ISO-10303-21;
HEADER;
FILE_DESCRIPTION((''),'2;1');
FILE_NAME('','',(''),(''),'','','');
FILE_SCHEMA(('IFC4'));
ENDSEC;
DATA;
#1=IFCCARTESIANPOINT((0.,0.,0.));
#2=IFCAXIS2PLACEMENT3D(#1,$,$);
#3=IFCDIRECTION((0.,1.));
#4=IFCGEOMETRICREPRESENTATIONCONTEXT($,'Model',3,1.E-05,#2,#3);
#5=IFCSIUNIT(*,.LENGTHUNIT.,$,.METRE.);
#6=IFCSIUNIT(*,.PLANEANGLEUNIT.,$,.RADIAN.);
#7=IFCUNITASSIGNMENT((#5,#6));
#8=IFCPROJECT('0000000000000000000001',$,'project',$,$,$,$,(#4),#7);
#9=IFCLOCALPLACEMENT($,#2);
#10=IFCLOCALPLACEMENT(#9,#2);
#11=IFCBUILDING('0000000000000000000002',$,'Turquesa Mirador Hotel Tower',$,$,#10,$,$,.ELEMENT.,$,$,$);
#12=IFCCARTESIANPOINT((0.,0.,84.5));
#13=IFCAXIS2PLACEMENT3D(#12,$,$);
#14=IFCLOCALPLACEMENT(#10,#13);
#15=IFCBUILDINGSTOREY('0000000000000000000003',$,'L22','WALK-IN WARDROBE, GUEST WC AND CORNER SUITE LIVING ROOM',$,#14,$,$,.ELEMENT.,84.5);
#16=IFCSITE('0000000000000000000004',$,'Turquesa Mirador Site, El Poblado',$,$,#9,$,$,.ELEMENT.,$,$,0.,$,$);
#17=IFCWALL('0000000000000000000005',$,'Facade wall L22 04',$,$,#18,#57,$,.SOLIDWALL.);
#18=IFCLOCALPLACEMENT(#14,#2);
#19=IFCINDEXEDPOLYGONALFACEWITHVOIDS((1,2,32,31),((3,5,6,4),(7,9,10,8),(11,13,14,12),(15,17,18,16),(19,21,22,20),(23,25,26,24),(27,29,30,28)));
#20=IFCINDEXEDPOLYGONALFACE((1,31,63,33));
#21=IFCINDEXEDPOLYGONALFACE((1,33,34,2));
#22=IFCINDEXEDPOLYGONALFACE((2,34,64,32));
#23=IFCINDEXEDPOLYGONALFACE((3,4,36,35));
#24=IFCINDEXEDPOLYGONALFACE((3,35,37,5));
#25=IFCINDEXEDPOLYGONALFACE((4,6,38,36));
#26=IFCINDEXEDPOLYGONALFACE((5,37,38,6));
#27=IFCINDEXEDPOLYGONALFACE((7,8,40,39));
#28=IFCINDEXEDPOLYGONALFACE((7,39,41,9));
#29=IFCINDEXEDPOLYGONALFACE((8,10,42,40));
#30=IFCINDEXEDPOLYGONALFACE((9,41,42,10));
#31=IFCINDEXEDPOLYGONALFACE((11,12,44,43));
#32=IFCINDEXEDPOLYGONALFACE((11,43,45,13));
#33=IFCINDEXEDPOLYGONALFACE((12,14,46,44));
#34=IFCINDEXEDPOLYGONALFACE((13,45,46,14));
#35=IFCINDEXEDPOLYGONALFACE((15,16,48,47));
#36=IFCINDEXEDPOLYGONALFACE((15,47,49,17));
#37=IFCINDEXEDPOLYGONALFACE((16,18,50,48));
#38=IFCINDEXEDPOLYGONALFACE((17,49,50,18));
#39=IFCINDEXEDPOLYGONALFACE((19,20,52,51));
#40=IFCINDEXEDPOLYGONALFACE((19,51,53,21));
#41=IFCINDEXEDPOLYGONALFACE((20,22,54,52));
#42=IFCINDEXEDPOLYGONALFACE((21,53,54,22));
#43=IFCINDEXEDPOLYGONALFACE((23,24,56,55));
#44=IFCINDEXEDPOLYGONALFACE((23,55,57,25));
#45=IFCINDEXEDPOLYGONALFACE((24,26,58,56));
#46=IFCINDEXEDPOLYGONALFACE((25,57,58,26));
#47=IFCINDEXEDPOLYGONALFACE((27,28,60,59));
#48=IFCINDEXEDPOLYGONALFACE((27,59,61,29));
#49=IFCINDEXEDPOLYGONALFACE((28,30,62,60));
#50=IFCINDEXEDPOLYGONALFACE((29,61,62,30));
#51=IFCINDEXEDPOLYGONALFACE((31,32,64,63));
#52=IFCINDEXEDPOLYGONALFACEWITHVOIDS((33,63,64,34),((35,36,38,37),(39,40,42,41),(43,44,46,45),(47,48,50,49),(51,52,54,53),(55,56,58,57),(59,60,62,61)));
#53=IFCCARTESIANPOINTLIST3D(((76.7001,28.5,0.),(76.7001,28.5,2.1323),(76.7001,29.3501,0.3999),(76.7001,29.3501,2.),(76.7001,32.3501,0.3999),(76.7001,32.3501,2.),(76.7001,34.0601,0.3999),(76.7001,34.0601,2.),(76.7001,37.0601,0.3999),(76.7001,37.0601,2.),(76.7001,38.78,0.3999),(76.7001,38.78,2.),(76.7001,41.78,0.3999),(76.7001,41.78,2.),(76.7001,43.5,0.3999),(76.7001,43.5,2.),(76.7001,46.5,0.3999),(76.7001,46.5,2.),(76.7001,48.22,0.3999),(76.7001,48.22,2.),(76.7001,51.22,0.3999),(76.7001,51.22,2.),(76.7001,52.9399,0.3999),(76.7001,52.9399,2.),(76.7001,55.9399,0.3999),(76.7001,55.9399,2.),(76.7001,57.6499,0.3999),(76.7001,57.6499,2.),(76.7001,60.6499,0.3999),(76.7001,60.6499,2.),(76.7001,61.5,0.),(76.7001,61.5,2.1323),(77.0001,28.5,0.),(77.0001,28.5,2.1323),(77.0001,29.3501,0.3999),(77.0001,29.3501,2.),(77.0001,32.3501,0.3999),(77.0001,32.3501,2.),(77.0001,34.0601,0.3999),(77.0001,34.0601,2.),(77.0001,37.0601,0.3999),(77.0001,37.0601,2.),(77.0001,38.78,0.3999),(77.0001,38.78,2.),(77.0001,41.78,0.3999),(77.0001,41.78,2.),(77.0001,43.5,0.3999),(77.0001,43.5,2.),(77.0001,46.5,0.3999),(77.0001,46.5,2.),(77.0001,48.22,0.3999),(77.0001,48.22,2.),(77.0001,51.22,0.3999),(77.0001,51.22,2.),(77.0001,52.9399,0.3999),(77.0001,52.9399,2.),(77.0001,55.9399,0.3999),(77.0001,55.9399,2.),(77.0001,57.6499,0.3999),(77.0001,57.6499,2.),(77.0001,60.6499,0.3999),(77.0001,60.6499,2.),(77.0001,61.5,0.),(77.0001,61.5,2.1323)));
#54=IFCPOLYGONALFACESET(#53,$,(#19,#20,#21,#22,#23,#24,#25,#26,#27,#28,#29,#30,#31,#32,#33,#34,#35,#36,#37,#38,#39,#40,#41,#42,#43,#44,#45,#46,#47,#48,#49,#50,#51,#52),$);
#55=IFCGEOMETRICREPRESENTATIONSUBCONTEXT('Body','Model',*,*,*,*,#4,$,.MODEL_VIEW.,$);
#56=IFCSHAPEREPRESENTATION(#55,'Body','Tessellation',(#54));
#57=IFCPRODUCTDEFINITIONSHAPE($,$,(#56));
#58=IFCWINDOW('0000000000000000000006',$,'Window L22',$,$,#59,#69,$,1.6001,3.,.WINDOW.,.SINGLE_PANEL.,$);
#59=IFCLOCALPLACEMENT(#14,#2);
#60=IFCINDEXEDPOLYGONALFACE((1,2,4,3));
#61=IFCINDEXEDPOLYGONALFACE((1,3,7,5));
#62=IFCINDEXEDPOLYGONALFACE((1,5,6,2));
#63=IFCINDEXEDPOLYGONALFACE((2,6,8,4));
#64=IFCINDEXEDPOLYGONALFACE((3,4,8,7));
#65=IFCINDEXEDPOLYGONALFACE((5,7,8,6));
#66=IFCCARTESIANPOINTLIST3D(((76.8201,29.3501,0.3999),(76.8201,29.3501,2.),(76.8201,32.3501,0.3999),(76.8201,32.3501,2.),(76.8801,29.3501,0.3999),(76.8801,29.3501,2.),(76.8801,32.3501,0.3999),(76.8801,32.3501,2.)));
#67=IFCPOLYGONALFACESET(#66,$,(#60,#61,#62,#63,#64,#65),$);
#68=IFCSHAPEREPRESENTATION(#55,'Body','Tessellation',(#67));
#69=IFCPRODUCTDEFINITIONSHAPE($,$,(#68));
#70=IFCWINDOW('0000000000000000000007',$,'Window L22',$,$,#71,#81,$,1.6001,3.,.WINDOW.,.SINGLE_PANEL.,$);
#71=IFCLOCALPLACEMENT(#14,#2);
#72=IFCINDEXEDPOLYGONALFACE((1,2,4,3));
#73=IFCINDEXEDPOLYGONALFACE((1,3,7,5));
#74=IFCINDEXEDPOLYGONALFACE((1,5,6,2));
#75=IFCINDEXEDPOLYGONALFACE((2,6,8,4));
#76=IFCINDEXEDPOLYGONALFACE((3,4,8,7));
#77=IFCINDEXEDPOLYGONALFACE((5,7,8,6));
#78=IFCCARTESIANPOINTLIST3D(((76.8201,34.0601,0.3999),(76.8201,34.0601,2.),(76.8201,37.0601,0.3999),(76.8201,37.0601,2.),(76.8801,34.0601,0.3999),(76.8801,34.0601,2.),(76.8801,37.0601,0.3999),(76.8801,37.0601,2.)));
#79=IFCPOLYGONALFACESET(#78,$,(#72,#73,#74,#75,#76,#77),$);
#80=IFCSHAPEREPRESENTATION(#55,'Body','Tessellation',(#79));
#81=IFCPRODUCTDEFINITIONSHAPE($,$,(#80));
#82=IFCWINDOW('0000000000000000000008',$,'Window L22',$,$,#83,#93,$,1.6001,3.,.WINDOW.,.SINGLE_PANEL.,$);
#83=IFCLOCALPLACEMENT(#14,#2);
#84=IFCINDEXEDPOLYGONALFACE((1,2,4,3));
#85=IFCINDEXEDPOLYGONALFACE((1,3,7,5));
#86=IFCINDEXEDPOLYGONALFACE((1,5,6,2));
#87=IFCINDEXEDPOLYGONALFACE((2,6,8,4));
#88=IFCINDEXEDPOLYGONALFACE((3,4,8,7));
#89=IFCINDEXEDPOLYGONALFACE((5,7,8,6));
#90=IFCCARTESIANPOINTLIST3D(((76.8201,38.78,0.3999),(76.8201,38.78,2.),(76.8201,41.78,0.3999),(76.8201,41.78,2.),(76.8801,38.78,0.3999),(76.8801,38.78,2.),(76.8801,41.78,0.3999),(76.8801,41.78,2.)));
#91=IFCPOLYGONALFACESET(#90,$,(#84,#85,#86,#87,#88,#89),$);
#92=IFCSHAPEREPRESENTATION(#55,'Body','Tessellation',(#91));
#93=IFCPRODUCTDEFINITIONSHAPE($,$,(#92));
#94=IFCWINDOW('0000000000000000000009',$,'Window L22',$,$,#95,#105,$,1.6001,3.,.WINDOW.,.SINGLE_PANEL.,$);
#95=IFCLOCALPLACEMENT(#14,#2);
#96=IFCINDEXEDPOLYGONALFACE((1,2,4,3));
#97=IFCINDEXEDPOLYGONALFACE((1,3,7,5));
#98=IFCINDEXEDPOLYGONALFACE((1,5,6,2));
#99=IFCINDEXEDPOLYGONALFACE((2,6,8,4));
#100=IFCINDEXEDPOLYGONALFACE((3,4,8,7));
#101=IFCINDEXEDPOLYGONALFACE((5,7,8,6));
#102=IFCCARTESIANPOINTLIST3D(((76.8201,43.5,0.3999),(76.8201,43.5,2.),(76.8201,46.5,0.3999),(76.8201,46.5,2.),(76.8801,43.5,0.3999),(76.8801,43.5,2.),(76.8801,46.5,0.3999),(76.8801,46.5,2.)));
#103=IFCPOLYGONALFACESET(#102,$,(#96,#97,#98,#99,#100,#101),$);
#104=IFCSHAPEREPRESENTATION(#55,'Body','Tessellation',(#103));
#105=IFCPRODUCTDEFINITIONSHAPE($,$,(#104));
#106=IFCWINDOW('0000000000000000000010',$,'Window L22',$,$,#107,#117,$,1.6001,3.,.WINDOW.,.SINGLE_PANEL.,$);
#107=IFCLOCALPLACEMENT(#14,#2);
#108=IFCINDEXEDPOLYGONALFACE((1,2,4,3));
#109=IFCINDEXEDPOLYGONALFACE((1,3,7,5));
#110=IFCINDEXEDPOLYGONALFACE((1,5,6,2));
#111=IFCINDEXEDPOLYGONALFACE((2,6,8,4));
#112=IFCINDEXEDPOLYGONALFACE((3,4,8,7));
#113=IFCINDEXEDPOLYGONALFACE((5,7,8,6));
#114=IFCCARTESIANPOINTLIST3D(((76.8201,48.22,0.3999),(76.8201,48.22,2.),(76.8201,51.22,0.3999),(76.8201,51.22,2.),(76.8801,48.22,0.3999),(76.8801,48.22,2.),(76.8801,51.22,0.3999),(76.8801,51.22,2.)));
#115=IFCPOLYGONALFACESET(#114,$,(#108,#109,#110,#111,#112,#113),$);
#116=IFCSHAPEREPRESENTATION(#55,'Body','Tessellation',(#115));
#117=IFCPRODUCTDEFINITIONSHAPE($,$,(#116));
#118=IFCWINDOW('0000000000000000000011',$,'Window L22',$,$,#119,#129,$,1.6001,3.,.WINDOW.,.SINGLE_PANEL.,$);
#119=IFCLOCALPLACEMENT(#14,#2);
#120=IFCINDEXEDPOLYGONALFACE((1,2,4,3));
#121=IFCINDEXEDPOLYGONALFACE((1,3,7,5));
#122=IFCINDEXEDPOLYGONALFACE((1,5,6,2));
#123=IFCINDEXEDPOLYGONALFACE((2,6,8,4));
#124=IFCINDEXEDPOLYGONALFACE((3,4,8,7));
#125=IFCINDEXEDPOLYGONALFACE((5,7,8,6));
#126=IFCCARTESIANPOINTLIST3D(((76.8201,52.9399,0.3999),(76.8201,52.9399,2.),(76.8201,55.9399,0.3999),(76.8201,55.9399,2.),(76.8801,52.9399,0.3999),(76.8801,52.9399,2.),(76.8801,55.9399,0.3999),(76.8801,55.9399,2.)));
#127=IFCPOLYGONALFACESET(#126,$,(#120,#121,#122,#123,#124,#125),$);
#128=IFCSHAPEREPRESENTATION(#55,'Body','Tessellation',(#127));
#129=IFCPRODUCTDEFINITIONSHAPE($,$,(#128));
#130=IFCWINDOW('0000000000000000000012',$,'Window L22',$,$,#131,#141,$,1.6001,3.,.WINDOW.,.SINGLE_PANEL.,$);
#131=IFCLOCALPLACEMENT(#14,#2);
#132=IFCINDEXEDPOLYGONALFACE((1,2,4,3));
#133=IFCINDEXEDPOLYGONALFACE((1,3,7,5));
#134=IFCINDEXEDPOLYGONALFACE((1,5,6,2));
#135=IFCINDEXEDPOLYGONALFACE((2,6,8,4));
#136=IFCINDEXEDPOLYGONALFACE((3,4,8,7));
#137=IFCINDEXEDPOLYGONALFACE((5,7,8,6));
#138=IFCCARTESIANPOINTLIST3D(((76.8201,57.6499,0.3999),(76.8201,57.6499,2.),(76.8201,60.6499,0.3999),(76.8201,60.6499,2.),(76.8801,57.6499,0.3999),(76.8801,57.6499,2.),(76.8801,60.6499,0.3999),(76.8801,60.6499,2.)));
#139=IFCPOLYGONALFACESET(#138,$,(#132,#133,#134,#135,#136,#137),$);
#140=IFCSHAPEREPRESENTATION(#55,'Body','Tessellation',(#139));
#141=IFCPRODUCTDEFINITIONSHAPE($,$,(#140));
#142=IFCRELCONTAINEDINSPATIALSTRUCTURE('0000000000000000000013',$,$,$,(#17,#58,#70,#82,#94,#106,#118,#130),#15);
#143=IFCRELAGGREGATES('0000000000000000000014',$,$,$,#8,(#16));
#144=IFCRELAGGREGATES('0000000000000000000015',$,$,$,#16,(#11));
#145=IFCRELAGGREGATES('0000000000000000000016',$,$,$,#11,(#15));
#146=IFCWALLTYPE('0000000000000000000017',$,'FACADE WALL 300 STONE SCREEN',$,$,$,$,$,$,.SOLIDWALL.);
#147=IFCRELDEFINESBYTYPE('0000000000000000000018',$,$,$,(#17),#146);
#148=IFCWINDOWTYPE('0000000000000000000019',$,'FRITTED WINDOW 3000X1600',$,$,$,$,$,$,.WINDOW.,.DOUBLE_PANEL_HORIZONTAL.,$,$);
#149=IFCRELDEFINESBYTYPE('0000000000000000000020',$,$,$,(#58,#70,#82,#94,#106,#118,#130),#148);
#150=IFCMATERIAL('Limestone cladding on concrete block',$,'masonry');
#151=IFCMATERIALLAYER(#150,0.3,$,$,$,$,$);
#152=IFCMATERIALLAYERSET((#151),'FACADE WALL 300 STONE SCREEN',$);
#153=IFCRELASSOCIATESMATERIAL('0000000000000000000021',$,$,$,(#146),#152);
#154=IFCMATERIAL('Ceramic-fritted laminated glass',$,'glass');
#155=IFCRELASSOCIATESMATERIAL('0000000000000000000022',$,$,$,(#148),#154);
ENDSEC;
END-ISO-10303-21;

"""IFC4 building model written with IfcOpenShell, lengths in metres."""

from ifc_helpers import new_model, si_unit, direction, frame, frame_2d, origin, place, context, subcontext, project, spatial, rectangle, extrude, material, layer, layer_set, type_object, element, fill, save


model = new_model("IFC4")

# Units and contexts
model_context = context("Model", 3, precision=1e-05, world=origin(), true_north=direction((0.0, 1.0)))
body_context = subcontext(model_context, "Body", "Model", "MODEL_VIEW")
ifc_project = project(units=[si_unit("LENGTHUNIT", "METRE"), si_unit("PLANEANGLEUNIT", "RADIAN")], contexts=[model_context])

# Site, building, storey
site_placement = place(None, origin())
site = spatial("IfcSite", under=ifc_project, at=site_placement, Name="Turquesa Mirador Site, El Poblado", CompositionType="ELEMENT", RefElevation=0.0)
building_placement = place(site_placement, origin())
building = spatial("IfcBuilding", under=site, at=building_placement, Name="Turquesa Mirador Hotel Tower", CompositionType="ELEMENT")
storey_placement = place(building_placement, frame((0.0, 0.0, 84.5)))
storey = spatial("IfcBuildingStorey", under=building, at=storey_placement, Name="L22", Description="WALK-IN WARDROBE, GUEST WC AND CORNER SUITE LIVING ROOM", CompositionType="ELEMENT", Elevation=84.5)

# Shared definitions
ifc_material_1 = material(Name="Limestone cladding on concrete block", Category="masonry")
ifc_layer = layer(ifc_material_1, 0.3)
ifc_layer_set = layer_set([ifc_layer], Name="FACADE WALL 300 STONE SCREEN")
wall_type = type_object("IfcWallType", Name="FACADE WALL 300 STONE SCREEN", PredefinedType="SOLIDWALL", material=ifc_layer_set)

# Wall, openings, windows
wall_1_placement = place(storey_placement, frame((76.8501, 28.5, 0.0), z_axis=(0.0, 0.0, 1.0), x_axis=(0.0, 1.0, 0.0)))
wall_1 = element("IfcWall", 1, at=wall_1_placement, inside=storey, type_object=wall_type, Name="Facade wall L22 04", PredefinedType="SOLIDWALL", context=body_context, shape_type="SweptSolid", body=[
    extrude(rectangle(XDim=33.0, YDim=0.3, at=frame_2d((16.5, 0.0))), origin(), (0.0, 0.0, 1.0), 2.1323),
])
opening_1_placement = place(wall_1_placement, frame((0.8501, 0.0, 0.3999)))
opening_1 = element("IfcOpeningElement", 2, at=opening_1_placement, cuts=wall_1, PredefinedType="OPENING", context=body_context, shape_type="SweptSolid", body=[
    extrude(rectangle(XDim=3.0, YDim=1.6001, at=frame_2d((1.5, 0.8))), frame((0.0, 0.1599, 0.0), z_axis=(0.0, -1.0, 0.0), x_axis=(1.0, 0.0, 0.0)), (0.0, 0.0, 1.0), 0.3201),
])
opening_2_placement = place(wall_1_placement, frame((5.5601, 0.0, 0.3999)))
opening_2 = element("IfcOpeningElement", 3, at=opening_2_placement, cuts=wall_1, PredefinedType="OPENING", context=body_context, shape_type="SweptSolid", body=[
    extrude(rectangle(XDim=3.0, YDim=1.6001, at=frame_2d((1.5, 0.8))), frame((0.0, 0.1599, 0.0), z_axis=(0.0, -1.0, 0.0), x_axis=(1.0, 0.0, 0.0)), (0.0, 0.0, 1.0), 0.3201),
])
opening_3_placement = place(wall_1_placement, frame((10.28, 0.0, 0.3999)))
opening_3 = element("IfcOpeningElement", 4, at=opening_3_placement, cuts=wall_1, PredefinedType="OPENING", context=body_context, shape_type="SweptSolid", body=[
    extrude(rectangle(XDim=3.0, YDim=1.6001, at=frame_2d((1.5, 0.8))), frame((0.0, 0.1599, 0.0), z_axis=(0.0, -1.0, 0.0), x_axis=(1.0, 0.0, 0.0)), (0.0, 0.0, 1.0), 0.3201),
])
opening_4_placement = place(wall_1_placement, frame((15.0, 0.0, 0.3999)))
opening_4 = element("IfcOpeningElement", 5, at=opening_4_placement, cuts=wall_1, PredefinedType="OPENING", context=body_context, shape_type="SweptSolid", body=[
    extrude(rectangle(XDim=3.0, YDim=1.6001, at=frame_2d((1.5, 0.8))), frame((0.0, 0.1599, 0.0), z_axis=(0.0, -1.0, 0.0), x_axis=(1.0, 0.0, 0.0)), (0.0, 0.0, 1.0), 0.3201),
])
opening_5_placement = place(wall_1_placement, frame((19.72, 0.0, 0.3999)))
opening_5 = element("IfcOpeningElement", 6, at=opening_5_placement, cuts=wall_1, PredefinedType="OPENING", context=body_context, shape_type="SweptSolid", body=[
    extrude(rectangle(XDim=3.0, YDim=1.6001, at=frame_2d((1.5, 0.8))), frame((0.0, 0.1599, 0.0), z_axis=(0.0, -1.0, 0.0), x_axis=(1.0, 0.0, 0.0)), (0.0, 0.0, 1.0), 0.3201),
])
opening_6_placement = place(wall_1_placement, frame((24.4399, 0.0, 0.3999)))
opening_6 = element("IfcOpeningElement", 7, at=opening_6_placement, cuts=wall_1, PredefinedType="OPENING", context=body_context, shape_type="SweptSolid", body=[
    extrude(rectangle(XDim=3.0, YDim=1.6001, at=frame_2d((1.5, 0.8))), frame((0.0, 0.1599, 0.0), z_axis=(0.0, -1.0, 0.0), x_axis=(1.0, 0.0, 0.0)), (0.0, 0.0, 1.0), 0.3201),
])
opening_7_placement = place(wall_1_placement, frame((29.1499, 0.0, 0.3999)))
opening_7 = element("IfcOpeningElement", 8, at=opening_7_placement, cuts=wall_1, PredefinedType="OPENING", context=body_context, shape_type="SweptSolid", body=[
    extrude(rectangle(XDim=3.0, YDim=1.6001, at=frame_2d((1.5, 0.8))), frame((0.0, 0.1599, 0.0), z_axis=(0.0, -1.0, 0.0), x_axis=(1.0, 0.0, 0.0)), (0.0, 0.0, 1.0), 0.3201),
])
ifc_material_2 = material(Name="Ceramic-fritted laminated glass", Category="glass")
window_type_1 = type_object("IfcWindowType", Name="FRITTED WINDOW 3000X1600", PartitioningType="DOUBLE_PANEL_HORIZONTAL", PredefinedType="WINDOW", material=ifc_material_2)
window_1_placement = place(opening_1_placement, origin())
window_1 = element("IfcWindow", 9, at=window_1_placement, inside=storey, type_object=window_type_1, Name="Window L22", OverallHeight=1.6001, OverallWidth=3.0, PartitioningType="SINGLE_PANEL", PredefinedType="WINDOW", context=body_context, shape_type="SweptSolid", body=[
    extrude(rectangle(XDim=3.0, YDim=1.6001, at=frame_2d((1.5, 0.8))), frame((0.0, 0.03, 0.0), z_axis=(0.0, -1.0, 0.0), x_axis=(1.0, 0.0, 0.0)), (0.0, 0.0, 1.0), 0.0601),
])
fill(opening_1, window_1)
window_2_placement = place(opening_2_placement, origin())
window_2 = element("IfcWindow", 10, at=window_2_placement, inside=storey, type_object=window_type_1, Name="Window L22", OverallHeight=1.6001, OverallWidth=3.0, PartitioningType="SINGLE_PANEL", PredefinedType="WINDOW", context=body_context, shape_type="SweptSolid", body=[
    extrude(rectangle(XDim=3.0, YDim=1.6001, at=frame_2d((1.5, 0.8))), frame((0.0, 0.03, 0.0), z_axis=(0.0, -1.0, 0.0), x_axis=(1.0, 0.0, 0.0)), (0.0, 0.0, 1.0), 0.0601),
])
fill(opening_2, window_2)
window_3_placement = place(opening_3_placement, origin())
window_3 = element("IfcWindow", 11, at=window_3_placement, inside=storey, type_object=window_type_1, Name="Window L22", OverallHeight=1.6001, OverallWidth=3.0, PartitioningType="SINGLE_PANEL", PredefinedType="WINDOW", context=body_context, shape_type="SweptSolid", body=[
    extrude(rectangle(XDim=3.0, YDim=1.6001, at=frame_2d((1.5, 0.8))), frame((0.0, 0.03, 0.0), z_axis=(0.0, -1.0, 0.0), x_axis=(1.0, 0.0, 0.0)), (0.0, 0.0, 1.0), 0.0601),
])
fill(opening_3, window_3)
window_4_placement = place(opening_4_placement, origin())
window_4 = element("IfcWindow", 12, at=window_4_placement, inside=storey, type_object=window_type_1, Name="Window L22", OverallHeight=1.6001, OverallWidth=3.0, PartitioningType="SINGLE_PANEL", PredefinedType="WINDOW", context=body_context, shape_type="SweptSolid", body=[
    extrude(rectangle(XDim=3.0, YDim=1.6001, at=frame_2d((1.5, 0.8))), frame((0.0, 0.03, 0.0), z_axis=(0.0, -1.0, 0.0), x_axis=(1.0, 0.0, 0.0)), (0.0, 0.0, 1.0), 0.0601),
])
fill(opening_4, window_4)
window_5_placement = place(opening_5_placement, origin())
window_5 = element("IfcWindow", 13, at=window_5_placement, inside=storey, type_object=window_type_1, Name="Window L22", OverallHeight=1.6001, OverallWidth=3.0, PartitioningType="SINGLE_PANEL", PredefinedType="WINDOW", context=body_context, shape_type="SweptSolid", body=[
    extrude(rectangle(XDim=3.0, YDim=1.6001, at=frame_2d((1.5, 0.8))), frame((0.0, 0.03, 0.0), z_axis=(0.0, -1.0, 0.0), x_axis=(1.0, 0.0, 0.0)), (0.0, 0.0, 1.0), 0.0601),
])
fill(opening_5, window_5)
window_6_placement = place(opening_6_placement, origin())
window_6 = element("IfcWindow", 14, at=window_6_placement, inside=storey, type_object=window_type_1, Name="Window L22", OverallHeight=1.6001, OverallWidth=3.0, PartitioningType="SINGLE_PANEL", PredefinedType="WINDOW", context=body_context, shape_type="SweptSolid", body=[
    extrude(rectangle(XDim=3.0, YDim=1.6001, at=frame_2d((1.5, 0.8))), frame((0.0, 0.03, 0.0), z_axis=(0.0, -1.0, 0.0), x_axis=(1.0, 0.0, 0.0)), (0.0, 0.0, 1.0), 0.0601),
])
fill(opening_6, window_6)
window_7_placement = place(opening_7_placement, origin())
window_7 = element("IfcWindow", 15, at=window_7_placement, inside=storey, type_object=window_type_1, Name="Window L22", OverallHeight=1.6001, OverallWidth=3.0, PartitioningType="SINGLE_PANEL", PredefinedType="WINDOW", context=body_context, shape_type="SweptSolid", body=[
    extrude(rectangle(XDim=3.0, YDim=1.6001, at=frame_2d((1.5, 0.8))), frame((0.0, 0.03, 0.0), z_axis=(0.0, -1.0, 0.0), x_axis=(1.0, 0.0, 0.0)), (0.0, 0.0, 1.0), 0.0601),
])
fill(opening_7, window_7)

save(model, "model.ifc")
